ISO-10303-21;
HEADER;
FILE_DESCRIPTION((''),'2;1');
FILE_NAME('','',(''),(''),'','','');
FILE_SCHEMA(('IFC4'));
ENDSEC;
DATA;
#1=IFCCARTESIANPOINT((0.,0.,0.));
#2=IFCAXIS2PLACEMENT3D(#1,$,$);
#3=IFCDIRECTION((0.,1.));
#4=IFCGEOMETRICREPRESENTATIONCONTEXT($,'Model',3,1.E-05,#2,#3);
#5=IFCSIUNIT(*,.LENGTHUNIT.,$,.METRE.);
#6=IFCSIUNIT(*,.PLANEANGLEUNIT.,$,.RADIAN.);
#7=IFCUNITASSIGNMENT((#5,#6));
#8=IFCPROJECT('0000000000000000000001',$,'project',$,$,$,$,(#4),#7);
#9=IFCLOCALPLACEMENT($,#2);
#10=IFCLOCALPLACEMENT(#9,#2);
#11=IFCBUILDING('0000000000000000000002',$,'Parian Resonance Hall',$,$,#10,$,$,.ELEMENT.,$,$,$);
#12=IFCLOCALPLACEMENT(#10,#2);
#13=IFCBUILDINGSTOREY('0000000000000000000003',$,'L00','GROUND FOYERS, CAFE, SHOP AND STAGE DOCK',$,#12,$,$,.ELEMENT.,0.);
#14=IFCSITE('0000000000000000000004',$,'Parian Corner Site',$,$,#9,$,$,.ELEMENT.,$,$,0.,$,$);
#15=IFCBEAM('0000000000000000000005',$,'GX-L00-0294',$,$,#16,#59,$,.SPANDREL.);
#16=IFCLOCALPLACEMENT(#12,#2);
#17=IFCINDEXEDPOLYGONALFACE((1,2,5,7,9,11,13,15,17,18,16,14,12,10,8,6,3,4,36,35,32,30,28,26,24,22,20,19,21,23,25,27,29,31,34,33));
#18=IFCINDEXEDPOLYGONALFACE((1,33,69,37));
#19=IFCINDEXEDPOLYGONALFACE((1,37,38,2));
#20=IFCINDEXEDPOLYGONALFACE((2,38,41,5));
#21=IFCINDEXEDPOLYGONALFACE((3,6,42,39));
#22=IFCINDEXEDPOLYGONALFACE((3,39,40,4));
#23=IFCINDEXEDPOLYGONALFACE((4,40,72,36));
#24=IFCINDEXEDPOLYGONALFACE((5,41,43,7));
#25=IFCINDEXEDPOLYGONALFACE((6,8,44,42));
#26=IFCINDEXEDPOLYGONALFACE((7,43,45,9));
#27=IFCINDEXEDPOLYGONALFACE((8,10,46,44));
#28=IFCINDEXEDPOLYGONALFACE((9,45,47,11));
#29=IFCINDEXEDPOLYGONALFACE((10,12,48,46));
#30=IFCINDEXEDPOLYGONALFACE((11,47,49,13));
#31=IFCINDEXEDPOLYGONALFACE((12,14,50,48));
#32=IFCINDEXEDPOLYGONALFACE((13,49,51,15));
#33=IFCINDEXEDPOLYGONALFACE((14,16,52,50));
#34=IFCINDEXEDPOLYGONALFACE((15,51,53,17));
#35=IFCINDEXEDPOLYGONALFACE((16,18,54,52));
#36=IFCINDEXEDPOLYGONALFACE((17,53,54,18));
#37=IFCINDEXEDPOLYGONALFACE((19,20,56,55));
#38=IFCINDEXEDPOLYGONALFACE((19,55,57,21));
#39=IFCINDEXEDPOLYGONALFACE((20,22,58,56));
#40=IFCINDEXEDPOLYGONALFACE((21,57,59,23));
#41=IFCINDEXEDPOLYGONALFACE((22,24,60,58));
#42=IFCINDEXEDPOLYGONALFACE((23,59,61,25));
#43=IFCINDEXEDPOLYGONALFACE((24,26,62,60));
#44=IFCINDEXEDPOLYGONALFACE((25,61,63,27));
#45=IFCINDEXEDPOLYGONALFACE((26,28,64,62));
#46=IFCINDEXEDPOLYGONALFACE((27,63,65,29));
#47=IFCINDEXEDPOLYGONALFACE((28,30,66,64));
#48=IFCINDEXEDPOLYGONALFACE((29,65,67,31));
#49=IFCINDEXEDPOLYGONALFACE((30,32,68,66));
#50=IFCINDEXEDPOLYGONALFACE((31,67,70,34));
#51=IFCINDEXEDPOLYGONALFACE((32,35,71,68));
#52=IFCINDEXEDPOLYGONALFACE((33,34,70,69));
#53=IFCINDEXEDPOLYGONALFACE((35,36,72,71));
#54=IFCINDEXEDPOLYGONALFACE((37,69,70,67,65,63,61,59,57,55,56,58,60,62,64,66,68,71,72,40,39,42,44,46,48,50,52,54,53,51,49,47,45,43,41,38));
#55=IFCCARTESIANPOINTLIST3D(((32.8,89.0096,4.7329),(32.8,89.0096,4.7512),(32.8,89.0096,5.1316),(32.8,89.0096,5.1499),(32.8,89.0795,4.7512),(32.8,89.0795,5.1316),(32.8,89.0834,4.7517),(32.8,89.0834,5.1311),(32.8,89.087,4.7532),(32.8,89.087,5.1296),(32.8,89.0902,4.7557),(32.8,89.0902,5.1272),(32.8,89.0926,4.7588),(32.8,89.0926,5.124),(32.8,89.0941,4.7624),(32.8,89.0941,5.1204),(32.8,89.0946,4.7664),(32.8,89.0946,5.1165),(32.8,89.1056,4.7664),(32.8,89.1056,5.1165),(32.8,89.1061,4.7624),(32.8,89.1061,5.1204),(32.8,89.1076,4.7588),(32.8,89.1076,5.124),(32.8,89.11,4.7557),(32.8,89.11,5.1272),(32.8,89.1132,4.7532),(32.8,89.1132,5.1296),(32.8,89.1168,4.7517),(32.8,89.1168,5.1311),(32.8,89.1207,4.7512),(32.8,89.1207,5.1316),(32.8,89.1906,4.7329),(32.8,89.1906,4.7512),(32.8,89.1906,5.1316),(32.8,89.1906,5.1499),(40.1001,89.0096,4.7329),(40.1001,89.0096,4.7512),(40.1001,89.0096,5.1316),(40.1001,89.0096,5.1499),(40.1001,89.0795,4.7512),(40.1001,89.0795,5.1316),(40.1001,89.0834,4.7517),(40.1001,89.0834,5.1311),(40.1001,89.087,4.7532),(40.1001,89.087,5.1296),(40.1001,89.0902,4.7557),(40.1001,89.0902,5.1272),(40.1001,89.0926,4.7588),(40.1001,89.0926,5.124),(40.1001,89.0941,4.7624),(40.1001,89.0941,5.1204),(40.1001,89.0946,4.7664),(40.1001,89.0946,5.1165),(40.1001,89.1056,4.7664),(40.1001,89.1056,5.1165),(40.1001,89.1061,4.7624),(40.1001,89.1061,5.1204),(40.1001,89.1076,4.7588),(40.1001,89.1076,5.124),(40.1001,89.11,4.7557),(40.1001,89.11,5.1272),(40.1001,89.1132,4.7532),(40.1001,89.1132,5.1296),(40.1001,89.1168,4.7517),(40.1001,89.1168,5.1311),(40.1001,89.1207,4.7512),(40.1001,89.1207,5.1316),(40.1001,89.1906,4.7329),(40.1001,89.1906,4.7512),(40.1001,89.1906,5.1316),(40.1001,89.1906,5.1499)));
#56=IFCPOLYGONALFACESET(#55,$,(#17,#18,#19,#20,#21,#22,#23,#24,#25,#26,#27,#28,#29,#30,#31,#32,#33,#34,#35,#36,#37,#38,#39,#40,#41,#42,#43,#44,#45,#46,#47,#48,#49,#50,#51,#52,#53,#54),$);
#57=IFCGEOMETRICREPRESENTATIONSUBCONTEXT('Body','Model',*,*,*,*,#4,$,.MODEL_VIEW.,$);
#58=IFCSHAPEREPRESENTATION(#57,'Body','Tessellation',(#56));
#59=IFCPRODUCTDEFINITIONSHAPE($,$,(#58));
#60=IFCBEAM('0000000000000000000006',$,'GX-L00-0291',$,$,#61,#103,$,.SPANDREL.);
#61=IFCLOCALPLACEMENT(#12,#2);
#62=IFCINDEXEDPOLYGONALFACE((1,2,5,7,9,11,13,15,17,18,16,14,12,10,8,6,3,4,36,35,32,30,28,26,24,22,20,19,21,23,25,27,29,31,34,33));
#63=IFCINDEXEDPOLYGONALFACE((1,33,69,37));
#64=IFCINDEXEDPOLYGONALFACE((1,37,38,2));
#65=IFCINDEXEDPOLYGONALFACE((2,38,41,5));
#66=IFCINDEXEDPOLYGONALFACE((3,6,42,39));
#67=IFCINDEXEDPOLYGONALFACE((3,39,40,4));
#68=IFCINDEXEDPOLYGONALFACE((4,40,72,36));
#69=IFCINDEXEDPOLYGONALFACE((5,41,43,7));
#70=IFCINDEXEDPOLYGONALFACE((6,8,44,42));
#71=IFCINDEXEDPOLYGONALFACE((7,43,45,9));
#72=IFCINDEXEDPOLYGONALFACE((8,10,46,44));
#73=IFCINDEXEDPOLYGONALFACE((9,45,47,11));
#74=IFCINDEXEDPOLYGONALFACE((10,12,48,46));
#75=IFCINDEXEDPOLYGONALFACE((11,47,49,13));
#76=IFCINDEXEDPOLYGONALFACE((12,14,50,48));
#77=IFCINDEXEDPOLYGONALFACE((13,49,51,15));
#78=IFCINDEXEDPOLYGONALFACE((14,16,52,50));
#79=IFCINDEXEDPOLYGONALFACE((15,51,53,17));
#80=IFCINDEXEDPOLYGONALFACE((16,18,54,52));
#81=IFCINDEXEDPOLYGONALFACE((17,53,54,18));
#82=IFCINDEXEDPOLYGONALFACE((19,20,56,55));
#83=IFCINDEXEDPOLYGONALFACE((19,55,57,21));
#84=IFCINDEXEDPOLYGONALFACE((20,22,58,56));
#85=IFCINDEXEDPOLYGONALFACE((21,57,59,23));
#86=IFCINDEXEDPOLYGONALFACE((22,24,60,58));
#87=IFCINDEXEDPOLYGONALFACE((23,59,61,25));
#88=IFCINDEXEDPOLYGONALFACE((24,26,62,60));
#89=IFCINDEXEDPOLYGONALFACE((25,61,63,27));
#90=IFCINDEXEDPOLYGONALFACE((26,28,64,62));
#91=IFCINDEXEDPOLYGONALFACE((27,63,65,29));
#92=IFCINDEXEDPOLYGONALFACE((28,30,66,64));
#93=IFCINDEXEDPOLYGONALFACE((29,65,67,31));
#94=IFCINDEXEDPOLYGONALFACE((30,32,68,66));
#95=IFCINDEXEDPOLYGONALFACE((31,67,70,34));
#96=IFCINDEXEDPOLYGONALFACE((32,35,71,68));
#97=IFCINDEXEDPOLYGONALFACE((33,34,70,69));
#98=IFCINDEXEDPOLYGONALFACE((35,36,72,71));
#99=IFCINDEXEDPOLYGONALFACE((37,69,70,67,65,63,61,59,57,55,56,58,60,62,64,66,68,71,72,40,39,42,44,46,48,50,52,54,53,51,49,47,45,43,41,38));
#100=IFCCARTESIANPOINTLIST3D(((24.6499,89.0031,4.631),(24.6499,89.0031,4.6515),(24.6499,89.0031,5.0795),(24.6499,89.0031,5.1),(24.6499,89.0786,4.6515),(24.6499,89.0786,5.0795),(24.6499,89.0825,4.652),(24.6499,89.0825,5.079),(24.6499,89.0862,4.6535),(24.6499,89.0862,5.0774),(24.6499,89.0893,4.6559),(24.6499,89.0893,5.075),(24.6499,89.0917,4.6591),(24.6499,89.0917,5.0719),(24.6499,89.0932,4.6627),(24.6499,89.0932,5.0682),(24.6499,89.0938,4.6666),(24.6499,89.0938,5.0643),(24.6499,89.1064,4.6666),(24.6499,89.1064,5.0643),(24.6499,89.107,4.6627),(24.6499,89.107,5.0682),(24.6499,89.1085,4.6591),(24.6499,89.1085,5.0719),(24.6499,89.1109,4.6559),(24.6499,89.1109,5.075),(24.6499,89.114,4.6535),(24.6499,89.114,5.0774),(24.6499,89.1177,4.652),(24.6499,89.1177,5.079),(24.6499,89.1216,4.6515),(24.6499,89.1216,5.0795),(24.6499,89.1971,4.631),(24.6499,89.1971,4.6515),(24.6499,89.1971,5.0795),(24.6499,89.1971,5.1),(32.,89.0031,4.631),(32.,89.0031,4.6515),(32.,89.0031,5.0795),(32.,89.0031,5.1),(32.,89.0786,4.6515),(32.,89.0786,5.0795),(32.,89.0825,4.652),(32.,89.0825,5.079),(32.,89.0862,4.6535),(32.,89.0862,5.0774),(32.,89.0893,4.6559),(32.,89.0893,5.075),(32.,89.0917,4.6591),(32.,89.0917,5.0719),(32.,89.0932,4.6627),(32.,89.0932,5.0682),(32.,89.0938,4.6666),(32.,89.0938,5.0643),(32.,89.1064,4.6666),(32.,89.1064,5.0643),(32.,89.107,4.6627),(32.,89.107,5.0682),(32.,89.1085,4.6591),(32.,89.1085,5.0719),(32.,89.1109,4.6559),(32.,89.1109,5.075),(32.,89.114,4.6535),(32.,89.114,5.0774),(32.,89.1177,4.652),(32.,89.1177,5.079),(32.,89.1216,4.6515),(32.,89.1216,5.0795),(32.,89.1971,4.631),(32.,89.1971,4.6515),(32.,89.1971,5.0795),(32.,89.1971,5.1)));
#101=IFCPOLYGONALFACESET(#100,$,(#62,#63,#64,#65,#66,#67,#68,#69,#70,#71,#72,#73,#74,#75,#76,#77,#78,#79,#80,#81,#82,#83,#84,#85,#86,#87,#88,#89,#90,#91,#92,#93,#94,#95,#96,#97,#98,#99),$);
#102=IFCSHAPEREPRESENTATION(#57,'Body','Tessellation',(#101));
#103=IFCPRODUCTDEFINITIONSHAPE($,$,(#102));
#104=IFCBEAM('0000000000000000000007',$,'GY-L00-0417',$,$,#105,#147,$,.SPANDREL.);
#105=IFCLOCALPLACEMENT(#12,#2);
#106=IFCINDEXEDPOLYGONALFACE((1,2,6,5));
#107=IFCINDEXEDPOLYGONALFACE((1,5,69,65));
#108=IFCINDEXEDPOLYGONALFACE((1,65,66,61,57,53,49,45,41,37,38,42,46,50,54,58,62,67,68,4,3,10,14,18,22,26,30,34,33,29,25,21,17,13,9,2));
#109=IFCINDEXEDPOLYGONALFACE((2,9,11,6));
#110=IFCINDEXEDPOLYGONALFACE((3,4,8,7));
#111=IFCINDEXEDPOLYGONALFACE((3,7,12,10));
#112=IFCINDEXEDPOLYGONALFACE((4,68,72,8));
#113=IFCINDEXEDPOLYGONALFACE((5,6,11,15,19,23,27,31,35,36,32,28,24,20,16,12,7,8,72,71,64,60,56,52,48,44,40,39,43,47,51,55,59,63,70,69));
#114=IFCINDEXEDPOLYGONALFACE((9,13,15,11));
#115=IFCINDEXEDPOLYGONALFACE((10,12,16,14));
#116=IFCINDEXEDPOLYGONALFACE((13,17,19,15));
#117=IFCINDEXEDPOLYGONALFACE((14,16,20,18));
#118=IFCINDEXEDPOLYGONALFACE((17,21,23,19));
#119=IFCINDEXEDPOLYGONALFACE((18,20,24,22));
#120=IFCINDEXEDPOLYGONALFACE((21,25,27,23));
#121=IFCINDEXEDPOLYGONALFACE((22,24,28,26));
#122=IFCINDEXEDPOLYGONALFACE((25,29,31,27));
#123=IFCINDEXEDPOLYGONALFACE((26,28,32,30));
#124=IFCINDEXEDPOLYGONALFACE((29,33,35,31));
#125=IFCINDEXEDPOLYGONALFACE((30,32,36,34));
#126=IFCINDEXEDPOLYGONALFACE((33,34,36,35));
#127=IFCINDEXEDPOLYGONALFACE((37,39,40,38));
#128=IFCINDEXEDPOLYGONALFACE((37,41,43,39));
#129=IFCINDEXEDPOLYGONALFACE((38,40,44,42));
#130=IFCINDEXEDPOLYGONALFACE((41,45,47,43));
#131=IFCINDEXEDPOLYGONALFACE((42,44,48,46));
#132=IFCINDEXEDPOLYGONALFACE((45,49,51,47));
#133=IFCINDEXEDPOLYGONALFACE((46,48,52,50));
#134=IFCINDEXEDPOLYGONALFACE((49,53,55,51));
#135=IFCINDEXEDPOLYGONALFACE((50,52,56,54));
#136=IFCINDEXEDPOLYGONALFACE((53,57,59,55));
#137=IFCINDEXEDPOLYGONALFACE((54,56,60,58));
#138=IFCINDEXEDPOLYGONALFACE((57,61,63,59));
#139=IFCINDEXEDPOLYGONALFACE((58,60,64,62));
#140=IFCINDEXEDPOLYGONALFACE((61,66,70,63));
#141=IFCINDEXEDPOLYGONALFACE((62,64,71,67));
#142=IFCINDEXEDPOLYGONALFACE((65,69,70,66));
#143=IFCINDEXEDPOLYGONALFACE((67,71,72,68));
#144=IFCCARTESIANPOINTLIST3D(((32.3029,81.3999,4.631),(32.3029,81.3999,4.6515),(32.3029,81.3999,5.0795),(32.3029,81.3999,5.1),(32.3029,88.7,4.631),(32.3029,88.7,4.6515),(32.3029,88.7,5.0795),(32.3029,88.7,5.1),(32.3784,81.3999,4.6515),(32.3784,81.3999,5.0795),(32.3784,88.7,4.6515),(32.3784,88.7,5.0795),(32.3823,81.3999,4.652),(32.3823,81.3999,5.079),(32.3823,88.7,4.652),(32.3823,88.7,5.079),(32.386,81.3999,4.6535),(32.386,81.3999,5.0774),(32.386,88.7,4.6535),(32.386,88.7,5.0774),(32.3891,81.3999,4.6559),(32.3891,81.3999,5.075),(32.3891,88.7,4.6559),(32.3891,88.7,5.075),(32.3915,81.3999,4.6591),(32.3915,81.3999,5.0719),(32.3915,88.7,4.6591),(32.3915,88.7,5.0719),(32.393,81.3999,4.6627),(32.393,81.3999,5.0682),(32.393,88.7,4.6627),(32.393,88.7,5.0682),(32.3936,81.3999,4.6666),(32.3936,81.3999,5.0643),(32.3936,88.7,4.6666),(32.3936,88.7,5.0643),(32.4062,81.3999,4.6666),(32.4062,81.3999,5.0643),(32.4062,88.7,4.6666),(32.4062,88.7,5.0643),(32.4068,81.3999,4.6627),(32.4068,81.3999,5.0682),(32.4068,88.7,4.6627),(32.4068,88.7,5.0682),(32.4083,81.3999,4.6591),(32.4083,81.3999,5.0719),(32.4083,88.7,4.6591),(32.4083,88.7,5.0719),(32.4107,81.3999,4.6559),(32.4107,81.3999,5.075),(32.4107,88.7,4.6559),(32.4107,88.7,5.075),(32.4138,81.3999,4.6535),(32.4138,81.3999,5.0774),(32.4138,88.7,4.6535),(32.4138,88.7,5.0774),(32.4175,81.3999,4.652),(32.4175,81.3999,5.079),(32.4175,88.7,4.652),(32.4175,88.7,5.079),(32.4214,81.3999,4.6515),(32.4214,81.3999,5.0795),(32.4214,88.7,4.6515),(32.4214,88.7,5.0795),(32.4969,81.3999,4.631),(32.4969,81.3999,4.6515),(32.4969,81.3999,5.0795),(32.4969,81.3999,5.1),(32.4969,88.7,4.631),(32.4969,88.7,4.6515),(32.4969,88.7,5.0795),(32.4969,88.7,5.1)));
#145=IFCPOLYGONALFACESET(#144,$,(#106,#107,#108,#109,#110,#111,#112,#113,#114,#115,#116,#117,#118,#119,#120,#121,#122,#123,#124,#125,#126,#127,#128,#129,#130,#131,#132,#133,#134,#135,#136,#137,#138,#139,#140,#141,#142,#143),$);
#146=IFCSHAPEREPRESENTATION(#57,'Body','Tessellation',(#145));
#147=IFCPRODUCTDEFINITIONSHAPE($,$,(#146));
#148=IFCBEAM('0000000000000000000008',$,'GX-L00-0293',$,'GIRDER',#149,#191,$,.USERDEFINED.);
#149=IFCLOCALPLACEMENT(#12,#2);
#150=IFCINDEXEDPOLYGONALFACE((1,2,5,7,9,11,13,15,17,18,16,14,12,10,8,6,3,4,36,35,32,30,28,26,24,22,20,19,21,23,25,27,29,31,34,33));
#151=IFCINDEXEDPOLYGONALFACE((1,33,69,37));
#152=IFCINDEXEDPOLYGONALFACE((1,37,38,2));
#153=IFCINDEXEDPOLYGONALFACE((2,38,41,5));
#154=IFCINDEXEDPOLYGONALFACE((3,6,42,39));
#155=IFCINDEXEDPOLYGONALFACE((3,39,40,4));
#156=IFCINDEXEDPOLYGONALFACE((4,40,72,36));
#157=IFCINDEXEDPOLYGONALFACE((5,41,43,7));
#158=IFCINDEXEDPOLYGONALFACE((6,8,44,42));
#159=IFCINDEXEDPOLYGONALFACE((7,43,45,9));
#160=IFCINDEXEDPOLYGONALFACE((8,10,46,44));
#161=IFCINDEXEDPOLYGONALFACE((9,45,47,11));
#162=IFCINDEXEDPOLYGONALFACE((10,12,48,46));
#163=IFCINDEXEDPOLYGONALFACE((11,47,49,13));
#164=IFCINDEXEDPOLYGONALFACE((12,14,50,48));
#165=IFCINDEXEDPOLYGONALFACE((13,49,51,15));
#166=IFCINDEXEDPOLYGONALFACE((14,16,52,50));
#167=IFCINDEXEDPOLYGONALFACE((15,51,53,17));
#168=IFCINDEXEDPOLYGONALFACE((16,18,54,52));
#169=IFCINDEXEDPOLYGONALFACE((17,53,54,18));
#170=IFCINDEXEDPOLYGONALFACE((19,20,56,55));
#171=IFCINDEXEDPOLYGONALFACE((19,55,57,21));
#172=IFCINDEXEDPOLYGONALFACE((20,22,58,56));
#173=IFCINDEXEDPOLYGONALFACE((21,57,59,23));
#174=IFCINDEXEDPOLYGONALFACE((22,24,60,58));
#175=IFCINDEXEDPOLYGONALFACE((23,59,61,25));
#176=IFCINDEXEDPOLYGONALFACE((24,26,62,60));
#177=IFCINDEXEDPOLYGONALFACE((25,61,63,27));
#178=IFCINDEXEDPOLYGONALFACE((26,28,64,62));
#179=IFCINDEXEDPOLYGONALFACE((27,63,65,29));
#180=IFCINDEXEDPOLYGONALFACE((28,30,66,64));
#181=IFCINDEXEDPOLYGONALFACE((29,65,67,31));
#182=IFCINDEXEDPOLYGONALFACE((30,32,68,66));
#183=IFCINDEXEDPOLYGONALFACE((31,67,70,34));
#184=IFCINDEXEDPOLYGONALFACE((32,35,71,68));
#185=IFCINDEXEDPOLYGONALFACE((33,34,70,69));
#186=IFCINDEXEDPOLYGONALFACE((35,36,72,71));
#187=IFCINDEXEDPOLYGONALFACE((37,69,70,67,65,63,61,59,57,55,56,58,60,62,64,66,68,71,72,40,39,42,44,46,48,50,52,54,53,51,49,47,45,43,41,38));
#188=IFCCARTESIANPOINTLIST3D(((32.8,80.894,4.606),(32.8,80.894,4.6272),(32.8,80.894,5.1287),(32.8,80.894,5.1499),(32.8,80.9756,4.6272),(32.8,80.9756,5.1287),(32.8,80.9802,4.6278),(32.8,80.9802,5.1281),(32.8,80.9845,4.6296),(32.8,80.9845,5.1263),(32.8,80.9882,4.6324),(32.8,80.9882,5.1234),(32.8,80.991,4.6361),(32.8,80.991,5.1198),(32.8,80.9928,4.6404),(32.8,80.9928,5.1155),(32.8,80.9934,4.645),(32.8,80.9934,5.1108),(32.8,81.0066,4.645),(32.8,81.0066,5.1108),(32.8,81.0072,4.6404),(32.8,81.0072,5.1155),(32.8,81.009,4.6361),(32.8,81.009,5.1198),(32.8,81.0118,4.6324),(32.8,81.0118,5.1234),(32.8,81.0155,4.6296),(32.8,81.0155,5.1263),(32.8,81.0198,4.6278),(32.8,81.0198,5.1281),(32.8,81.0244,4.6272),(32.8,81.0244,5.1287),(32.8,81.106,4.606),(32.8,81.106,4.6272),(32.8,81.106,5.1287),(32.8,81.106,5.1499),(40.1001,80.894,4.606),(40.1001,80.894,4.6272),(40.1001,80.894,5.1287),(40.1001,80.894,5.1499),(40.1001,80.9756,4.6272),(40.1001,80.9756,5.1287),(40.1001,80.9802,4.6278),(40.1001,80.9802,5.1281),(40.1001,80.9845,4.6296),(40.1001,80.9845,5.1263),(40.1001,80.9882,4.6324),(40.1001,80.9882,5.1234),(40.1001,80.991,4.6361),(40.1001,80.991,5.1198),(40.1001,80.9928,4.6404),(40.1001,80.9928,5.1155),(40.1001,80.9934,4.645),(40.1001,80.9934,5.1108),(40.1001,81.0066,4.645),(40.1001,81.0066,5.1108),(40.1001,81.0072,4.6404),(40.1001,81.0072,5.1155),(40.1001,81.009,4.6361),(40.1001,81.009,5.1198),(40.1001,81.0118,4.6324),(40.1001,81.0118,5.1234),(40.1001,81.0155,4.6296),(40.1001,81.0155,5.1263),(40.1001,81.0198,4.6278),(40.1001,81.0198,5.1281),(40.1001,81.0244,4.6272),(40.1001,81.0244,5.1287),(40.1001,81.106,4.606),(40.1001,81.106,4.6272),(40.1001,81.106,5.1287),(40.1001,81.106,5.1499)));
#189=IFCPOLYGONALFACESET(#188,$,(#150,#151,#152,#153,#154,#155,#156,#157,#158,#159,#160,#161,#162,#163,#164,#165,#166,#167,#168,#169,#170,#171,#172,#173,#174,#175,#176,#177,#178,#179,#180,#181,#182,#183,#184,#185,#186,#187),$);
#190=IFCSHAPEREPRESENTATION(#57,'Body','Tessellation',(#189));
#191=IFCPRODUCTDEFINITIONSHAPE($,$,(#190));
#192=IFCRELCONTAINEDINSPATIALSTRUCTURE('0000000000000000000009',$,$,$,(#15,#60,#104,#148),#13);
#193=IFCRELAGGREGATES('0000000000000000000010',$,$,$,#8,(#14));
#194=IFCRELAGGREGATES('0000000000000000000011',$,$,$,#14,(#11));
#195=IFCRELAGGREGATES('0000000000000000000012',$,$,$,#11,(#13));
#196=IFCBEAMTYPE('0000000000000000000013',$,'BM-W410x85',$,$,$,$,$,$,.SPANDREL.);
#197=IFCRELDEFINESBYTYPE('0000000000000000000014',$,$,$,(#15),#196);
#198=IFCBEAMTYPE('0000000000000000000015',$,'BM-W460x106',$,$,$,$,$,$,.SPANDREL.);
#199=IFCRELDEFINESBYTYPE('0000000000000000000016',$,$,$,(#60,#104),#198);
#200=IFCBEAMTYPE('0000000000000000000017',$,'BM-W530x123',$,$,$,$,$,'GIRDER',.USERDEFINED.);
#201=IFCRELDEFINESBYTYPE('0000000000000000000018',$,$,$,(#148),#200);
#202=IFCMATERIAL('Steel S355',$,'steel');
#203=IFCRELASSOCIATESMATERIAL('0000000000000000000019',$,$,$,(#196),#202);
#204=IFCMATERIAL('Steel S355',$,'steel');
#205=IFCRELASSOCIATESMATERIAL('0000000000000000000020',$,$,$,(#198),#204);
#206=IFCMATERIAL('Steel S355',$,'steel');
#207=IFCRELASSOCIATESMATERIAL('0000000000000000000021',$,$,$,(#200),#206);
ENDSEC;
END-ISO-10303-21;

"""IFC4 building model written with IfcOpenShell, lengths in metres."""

from ifc_helpers import new_model, si_unit, direction, frame, origin, origin_2d, place, context, subcontext, project, spatial, i_section, extrude, material, material_profile, profile_set, type_object, element, save


model = new_model("IFC4")

# Units and contexts
model_context = context("Model", 3, precision=1e-05, world=origin(), true_north=direction((0.0, 1.0)))
body_context = subcontext(model_context, "Body", "Model", "MODEL_VIEW")
ifc_project = project(units=[si_unit("LENGTHUNIT", "METRE"), si_unit("PLANEANGLEUNIT", "RADIAN")], contexts=[model_context])

# Site, building, storey
site_placement = place(None, origin())
site = spatial("IfcSite", under=ifc_project, at=site_placement, Name="Parian Corner Site", CompositionType="ELEMENT", RefElevation=0.0)
building_placement = place(site_placement, origin())
building = spatial("IfcBuilding", under=site, at=building_placement, Name="Parian Resonance Hall", CompositionType="ELEMENT")
storey_placement = place(building_placement, origin())
storey = spatial("IfcBuildingStorey", under=building, at=storey_placement, Name="L00", Description="GROUND FOYERS, CAFE, SHOP AND STAGE DOCK", CompositionType="ELEMENT", Elevation=0.0)

# Beams
ifc_material_1 = material(Name="Steel S355", Category="steel")
ifc_material_profile_1 = material_profile(ifc_material_1, i_section(OverallWidth=0.1809, OverallDepth=0.417, WebThickness=0.011, FlangeThickness=0.0183, FilletRadius=0.0151, at=origin_2d()), Name="W410x85")
ifc_profile_set_1 = profile_set([ifc_material_profile_1], Name="Steel S355")
beam_type_1 = type_object("IfcBeamType", Name="BM-W410x85", PredefinedType="SPANDREL", material=ifc_profile_set_1)
beam_1_placement = place(storey_placement, frame((32.8, 89.1001, 4.9414), z_axis=(1.0, 0.0, 0.0), x_axis=(0.0, 1.0, 0.0)))
element("IfcBeam", 1, at=beam_1_placement, inside=storey, type_object=beam_type_1, Name="GX-L00-0294", PredefinedType="SPANDREL", context=body_context, shape_type="SweptSolid", body=[
    extrude(i_section(OverallWidth=0.1809, OverallDepth=0.417, WebThickness=0.011, FlangeThickness=0.0183, FilletRadius=0.0151, at=origin_2d()), origin(), (0.0, 0.0, 1.0), 7.3),
])
ifc_material_2 = material(Name="Steel S355", Category="steel")
ifc_material_profile_2 = material_profile(ifc_material_2, i_section(OverallWidth=0.1941, OverallDepth=0.469, WebThickness=0.0127, FlangeThickness=0.0205, FilletRadius=0.0151, at=origin_2d()), Name="W460x106")
ifc_profile_set_2 = profile_set([ifc_material_profile_2], Name="Steel S355")
beam_type_2 = type_object("IfcBeamType", Name="BM-W460x106", PredefinedType="SPANDREL", material=ifc_profile_set_2)
beam_2_placement = place(storey_placement, frame((24.6499, 89.1001, 4.8655), z_axis=(1.0, 0.0, 0.0), x_axis=(0.0, 1.0, 0.0)))
element("IfcBeam", 2, at=beam_2_placement, inside=storey, type_object=beam_type_2, Name="GX-L00-0291", PredefinedType="SPANDREL", context=body_context, shape_type="SweptSolid", body=[
    extrude(i_section(OverallWidth=0.1941, OverallDepth=0.469, WebThickness=0.0127, FlangeThickness=0.0205, FilletRadius=0.0151, at=origin_2d()), origin(), (0.0, 0.0, 1.0), 7.3501),
])
beam_3_placement = place(storey_placement, frame((32.3999, 81.3999, 4.8655), z_axis=(0.0, 1.0, 0.0), x_axis=(-1.0, 0.0, 0.0)))
element("IfcBeam", 3, at=beam_3_placement, inside=storey, type_object=beam_type_2, Name="GY-L00-0417", PredefinedType="SPANDREL", context=body_context, shape_type="SweptSolid", body=[
    extrude(i_section(OverallWidth=0.1941, OverallDepth=0.469, WebThickness=0.0127, FlangeThickness=0.0205, FilletRadius=0.0151, at=origin_2d()), origin(), (0.0, 0.0, 1.0), 7.3),
])
ifc_material_3 = material(Name="Steel S355", Category="steel")
ifc_material_profile_3 = material_profile(ifc_material_3, i_section(OverallWidth=0.2119, OverallDepth=0.5439, WebThickness=0.0132, FlangeThickness=0.0212, FilletRadius=0.0178, at=origin_2d()), Name="W530x123")
ifc_profile_set_3 = profile_set([ifc_material_profile_3], Name="Steel S355")
beam_type_3 = type_object("IfcBeamType", Name="BM-W530x123", ElementType="GIRDER", PredefinedType="USERDEFINED", material=ifc_profile_set_3)
beam_4_placement = place(storey_placement, frame((32.8, 81.0, 4.8779), z_axis=(1.0, 0.0, 0.0), x_axis=(0.0, 1.0, 0.0)))
element("IfcBeam", 4, at=beam_4_placement, inside=storey, type_object=beam_type_3, Name="GX-L00-0293", ObjectType="GIRDER", PredefinedType="USERDEFINED", context=body_context, shape_type="SweptSolid", body=[
    extrude(i_section(OverallWidth=0.2119, OverallDepth=0.5439, WebThickness=0.0132, FlangeThickness=0.0212, FilletRadius=0.0178, at=origin_2d()), origin(), (0.0, 0.0, 1.0), 7.3),
])

save(model, "model.ifc")
